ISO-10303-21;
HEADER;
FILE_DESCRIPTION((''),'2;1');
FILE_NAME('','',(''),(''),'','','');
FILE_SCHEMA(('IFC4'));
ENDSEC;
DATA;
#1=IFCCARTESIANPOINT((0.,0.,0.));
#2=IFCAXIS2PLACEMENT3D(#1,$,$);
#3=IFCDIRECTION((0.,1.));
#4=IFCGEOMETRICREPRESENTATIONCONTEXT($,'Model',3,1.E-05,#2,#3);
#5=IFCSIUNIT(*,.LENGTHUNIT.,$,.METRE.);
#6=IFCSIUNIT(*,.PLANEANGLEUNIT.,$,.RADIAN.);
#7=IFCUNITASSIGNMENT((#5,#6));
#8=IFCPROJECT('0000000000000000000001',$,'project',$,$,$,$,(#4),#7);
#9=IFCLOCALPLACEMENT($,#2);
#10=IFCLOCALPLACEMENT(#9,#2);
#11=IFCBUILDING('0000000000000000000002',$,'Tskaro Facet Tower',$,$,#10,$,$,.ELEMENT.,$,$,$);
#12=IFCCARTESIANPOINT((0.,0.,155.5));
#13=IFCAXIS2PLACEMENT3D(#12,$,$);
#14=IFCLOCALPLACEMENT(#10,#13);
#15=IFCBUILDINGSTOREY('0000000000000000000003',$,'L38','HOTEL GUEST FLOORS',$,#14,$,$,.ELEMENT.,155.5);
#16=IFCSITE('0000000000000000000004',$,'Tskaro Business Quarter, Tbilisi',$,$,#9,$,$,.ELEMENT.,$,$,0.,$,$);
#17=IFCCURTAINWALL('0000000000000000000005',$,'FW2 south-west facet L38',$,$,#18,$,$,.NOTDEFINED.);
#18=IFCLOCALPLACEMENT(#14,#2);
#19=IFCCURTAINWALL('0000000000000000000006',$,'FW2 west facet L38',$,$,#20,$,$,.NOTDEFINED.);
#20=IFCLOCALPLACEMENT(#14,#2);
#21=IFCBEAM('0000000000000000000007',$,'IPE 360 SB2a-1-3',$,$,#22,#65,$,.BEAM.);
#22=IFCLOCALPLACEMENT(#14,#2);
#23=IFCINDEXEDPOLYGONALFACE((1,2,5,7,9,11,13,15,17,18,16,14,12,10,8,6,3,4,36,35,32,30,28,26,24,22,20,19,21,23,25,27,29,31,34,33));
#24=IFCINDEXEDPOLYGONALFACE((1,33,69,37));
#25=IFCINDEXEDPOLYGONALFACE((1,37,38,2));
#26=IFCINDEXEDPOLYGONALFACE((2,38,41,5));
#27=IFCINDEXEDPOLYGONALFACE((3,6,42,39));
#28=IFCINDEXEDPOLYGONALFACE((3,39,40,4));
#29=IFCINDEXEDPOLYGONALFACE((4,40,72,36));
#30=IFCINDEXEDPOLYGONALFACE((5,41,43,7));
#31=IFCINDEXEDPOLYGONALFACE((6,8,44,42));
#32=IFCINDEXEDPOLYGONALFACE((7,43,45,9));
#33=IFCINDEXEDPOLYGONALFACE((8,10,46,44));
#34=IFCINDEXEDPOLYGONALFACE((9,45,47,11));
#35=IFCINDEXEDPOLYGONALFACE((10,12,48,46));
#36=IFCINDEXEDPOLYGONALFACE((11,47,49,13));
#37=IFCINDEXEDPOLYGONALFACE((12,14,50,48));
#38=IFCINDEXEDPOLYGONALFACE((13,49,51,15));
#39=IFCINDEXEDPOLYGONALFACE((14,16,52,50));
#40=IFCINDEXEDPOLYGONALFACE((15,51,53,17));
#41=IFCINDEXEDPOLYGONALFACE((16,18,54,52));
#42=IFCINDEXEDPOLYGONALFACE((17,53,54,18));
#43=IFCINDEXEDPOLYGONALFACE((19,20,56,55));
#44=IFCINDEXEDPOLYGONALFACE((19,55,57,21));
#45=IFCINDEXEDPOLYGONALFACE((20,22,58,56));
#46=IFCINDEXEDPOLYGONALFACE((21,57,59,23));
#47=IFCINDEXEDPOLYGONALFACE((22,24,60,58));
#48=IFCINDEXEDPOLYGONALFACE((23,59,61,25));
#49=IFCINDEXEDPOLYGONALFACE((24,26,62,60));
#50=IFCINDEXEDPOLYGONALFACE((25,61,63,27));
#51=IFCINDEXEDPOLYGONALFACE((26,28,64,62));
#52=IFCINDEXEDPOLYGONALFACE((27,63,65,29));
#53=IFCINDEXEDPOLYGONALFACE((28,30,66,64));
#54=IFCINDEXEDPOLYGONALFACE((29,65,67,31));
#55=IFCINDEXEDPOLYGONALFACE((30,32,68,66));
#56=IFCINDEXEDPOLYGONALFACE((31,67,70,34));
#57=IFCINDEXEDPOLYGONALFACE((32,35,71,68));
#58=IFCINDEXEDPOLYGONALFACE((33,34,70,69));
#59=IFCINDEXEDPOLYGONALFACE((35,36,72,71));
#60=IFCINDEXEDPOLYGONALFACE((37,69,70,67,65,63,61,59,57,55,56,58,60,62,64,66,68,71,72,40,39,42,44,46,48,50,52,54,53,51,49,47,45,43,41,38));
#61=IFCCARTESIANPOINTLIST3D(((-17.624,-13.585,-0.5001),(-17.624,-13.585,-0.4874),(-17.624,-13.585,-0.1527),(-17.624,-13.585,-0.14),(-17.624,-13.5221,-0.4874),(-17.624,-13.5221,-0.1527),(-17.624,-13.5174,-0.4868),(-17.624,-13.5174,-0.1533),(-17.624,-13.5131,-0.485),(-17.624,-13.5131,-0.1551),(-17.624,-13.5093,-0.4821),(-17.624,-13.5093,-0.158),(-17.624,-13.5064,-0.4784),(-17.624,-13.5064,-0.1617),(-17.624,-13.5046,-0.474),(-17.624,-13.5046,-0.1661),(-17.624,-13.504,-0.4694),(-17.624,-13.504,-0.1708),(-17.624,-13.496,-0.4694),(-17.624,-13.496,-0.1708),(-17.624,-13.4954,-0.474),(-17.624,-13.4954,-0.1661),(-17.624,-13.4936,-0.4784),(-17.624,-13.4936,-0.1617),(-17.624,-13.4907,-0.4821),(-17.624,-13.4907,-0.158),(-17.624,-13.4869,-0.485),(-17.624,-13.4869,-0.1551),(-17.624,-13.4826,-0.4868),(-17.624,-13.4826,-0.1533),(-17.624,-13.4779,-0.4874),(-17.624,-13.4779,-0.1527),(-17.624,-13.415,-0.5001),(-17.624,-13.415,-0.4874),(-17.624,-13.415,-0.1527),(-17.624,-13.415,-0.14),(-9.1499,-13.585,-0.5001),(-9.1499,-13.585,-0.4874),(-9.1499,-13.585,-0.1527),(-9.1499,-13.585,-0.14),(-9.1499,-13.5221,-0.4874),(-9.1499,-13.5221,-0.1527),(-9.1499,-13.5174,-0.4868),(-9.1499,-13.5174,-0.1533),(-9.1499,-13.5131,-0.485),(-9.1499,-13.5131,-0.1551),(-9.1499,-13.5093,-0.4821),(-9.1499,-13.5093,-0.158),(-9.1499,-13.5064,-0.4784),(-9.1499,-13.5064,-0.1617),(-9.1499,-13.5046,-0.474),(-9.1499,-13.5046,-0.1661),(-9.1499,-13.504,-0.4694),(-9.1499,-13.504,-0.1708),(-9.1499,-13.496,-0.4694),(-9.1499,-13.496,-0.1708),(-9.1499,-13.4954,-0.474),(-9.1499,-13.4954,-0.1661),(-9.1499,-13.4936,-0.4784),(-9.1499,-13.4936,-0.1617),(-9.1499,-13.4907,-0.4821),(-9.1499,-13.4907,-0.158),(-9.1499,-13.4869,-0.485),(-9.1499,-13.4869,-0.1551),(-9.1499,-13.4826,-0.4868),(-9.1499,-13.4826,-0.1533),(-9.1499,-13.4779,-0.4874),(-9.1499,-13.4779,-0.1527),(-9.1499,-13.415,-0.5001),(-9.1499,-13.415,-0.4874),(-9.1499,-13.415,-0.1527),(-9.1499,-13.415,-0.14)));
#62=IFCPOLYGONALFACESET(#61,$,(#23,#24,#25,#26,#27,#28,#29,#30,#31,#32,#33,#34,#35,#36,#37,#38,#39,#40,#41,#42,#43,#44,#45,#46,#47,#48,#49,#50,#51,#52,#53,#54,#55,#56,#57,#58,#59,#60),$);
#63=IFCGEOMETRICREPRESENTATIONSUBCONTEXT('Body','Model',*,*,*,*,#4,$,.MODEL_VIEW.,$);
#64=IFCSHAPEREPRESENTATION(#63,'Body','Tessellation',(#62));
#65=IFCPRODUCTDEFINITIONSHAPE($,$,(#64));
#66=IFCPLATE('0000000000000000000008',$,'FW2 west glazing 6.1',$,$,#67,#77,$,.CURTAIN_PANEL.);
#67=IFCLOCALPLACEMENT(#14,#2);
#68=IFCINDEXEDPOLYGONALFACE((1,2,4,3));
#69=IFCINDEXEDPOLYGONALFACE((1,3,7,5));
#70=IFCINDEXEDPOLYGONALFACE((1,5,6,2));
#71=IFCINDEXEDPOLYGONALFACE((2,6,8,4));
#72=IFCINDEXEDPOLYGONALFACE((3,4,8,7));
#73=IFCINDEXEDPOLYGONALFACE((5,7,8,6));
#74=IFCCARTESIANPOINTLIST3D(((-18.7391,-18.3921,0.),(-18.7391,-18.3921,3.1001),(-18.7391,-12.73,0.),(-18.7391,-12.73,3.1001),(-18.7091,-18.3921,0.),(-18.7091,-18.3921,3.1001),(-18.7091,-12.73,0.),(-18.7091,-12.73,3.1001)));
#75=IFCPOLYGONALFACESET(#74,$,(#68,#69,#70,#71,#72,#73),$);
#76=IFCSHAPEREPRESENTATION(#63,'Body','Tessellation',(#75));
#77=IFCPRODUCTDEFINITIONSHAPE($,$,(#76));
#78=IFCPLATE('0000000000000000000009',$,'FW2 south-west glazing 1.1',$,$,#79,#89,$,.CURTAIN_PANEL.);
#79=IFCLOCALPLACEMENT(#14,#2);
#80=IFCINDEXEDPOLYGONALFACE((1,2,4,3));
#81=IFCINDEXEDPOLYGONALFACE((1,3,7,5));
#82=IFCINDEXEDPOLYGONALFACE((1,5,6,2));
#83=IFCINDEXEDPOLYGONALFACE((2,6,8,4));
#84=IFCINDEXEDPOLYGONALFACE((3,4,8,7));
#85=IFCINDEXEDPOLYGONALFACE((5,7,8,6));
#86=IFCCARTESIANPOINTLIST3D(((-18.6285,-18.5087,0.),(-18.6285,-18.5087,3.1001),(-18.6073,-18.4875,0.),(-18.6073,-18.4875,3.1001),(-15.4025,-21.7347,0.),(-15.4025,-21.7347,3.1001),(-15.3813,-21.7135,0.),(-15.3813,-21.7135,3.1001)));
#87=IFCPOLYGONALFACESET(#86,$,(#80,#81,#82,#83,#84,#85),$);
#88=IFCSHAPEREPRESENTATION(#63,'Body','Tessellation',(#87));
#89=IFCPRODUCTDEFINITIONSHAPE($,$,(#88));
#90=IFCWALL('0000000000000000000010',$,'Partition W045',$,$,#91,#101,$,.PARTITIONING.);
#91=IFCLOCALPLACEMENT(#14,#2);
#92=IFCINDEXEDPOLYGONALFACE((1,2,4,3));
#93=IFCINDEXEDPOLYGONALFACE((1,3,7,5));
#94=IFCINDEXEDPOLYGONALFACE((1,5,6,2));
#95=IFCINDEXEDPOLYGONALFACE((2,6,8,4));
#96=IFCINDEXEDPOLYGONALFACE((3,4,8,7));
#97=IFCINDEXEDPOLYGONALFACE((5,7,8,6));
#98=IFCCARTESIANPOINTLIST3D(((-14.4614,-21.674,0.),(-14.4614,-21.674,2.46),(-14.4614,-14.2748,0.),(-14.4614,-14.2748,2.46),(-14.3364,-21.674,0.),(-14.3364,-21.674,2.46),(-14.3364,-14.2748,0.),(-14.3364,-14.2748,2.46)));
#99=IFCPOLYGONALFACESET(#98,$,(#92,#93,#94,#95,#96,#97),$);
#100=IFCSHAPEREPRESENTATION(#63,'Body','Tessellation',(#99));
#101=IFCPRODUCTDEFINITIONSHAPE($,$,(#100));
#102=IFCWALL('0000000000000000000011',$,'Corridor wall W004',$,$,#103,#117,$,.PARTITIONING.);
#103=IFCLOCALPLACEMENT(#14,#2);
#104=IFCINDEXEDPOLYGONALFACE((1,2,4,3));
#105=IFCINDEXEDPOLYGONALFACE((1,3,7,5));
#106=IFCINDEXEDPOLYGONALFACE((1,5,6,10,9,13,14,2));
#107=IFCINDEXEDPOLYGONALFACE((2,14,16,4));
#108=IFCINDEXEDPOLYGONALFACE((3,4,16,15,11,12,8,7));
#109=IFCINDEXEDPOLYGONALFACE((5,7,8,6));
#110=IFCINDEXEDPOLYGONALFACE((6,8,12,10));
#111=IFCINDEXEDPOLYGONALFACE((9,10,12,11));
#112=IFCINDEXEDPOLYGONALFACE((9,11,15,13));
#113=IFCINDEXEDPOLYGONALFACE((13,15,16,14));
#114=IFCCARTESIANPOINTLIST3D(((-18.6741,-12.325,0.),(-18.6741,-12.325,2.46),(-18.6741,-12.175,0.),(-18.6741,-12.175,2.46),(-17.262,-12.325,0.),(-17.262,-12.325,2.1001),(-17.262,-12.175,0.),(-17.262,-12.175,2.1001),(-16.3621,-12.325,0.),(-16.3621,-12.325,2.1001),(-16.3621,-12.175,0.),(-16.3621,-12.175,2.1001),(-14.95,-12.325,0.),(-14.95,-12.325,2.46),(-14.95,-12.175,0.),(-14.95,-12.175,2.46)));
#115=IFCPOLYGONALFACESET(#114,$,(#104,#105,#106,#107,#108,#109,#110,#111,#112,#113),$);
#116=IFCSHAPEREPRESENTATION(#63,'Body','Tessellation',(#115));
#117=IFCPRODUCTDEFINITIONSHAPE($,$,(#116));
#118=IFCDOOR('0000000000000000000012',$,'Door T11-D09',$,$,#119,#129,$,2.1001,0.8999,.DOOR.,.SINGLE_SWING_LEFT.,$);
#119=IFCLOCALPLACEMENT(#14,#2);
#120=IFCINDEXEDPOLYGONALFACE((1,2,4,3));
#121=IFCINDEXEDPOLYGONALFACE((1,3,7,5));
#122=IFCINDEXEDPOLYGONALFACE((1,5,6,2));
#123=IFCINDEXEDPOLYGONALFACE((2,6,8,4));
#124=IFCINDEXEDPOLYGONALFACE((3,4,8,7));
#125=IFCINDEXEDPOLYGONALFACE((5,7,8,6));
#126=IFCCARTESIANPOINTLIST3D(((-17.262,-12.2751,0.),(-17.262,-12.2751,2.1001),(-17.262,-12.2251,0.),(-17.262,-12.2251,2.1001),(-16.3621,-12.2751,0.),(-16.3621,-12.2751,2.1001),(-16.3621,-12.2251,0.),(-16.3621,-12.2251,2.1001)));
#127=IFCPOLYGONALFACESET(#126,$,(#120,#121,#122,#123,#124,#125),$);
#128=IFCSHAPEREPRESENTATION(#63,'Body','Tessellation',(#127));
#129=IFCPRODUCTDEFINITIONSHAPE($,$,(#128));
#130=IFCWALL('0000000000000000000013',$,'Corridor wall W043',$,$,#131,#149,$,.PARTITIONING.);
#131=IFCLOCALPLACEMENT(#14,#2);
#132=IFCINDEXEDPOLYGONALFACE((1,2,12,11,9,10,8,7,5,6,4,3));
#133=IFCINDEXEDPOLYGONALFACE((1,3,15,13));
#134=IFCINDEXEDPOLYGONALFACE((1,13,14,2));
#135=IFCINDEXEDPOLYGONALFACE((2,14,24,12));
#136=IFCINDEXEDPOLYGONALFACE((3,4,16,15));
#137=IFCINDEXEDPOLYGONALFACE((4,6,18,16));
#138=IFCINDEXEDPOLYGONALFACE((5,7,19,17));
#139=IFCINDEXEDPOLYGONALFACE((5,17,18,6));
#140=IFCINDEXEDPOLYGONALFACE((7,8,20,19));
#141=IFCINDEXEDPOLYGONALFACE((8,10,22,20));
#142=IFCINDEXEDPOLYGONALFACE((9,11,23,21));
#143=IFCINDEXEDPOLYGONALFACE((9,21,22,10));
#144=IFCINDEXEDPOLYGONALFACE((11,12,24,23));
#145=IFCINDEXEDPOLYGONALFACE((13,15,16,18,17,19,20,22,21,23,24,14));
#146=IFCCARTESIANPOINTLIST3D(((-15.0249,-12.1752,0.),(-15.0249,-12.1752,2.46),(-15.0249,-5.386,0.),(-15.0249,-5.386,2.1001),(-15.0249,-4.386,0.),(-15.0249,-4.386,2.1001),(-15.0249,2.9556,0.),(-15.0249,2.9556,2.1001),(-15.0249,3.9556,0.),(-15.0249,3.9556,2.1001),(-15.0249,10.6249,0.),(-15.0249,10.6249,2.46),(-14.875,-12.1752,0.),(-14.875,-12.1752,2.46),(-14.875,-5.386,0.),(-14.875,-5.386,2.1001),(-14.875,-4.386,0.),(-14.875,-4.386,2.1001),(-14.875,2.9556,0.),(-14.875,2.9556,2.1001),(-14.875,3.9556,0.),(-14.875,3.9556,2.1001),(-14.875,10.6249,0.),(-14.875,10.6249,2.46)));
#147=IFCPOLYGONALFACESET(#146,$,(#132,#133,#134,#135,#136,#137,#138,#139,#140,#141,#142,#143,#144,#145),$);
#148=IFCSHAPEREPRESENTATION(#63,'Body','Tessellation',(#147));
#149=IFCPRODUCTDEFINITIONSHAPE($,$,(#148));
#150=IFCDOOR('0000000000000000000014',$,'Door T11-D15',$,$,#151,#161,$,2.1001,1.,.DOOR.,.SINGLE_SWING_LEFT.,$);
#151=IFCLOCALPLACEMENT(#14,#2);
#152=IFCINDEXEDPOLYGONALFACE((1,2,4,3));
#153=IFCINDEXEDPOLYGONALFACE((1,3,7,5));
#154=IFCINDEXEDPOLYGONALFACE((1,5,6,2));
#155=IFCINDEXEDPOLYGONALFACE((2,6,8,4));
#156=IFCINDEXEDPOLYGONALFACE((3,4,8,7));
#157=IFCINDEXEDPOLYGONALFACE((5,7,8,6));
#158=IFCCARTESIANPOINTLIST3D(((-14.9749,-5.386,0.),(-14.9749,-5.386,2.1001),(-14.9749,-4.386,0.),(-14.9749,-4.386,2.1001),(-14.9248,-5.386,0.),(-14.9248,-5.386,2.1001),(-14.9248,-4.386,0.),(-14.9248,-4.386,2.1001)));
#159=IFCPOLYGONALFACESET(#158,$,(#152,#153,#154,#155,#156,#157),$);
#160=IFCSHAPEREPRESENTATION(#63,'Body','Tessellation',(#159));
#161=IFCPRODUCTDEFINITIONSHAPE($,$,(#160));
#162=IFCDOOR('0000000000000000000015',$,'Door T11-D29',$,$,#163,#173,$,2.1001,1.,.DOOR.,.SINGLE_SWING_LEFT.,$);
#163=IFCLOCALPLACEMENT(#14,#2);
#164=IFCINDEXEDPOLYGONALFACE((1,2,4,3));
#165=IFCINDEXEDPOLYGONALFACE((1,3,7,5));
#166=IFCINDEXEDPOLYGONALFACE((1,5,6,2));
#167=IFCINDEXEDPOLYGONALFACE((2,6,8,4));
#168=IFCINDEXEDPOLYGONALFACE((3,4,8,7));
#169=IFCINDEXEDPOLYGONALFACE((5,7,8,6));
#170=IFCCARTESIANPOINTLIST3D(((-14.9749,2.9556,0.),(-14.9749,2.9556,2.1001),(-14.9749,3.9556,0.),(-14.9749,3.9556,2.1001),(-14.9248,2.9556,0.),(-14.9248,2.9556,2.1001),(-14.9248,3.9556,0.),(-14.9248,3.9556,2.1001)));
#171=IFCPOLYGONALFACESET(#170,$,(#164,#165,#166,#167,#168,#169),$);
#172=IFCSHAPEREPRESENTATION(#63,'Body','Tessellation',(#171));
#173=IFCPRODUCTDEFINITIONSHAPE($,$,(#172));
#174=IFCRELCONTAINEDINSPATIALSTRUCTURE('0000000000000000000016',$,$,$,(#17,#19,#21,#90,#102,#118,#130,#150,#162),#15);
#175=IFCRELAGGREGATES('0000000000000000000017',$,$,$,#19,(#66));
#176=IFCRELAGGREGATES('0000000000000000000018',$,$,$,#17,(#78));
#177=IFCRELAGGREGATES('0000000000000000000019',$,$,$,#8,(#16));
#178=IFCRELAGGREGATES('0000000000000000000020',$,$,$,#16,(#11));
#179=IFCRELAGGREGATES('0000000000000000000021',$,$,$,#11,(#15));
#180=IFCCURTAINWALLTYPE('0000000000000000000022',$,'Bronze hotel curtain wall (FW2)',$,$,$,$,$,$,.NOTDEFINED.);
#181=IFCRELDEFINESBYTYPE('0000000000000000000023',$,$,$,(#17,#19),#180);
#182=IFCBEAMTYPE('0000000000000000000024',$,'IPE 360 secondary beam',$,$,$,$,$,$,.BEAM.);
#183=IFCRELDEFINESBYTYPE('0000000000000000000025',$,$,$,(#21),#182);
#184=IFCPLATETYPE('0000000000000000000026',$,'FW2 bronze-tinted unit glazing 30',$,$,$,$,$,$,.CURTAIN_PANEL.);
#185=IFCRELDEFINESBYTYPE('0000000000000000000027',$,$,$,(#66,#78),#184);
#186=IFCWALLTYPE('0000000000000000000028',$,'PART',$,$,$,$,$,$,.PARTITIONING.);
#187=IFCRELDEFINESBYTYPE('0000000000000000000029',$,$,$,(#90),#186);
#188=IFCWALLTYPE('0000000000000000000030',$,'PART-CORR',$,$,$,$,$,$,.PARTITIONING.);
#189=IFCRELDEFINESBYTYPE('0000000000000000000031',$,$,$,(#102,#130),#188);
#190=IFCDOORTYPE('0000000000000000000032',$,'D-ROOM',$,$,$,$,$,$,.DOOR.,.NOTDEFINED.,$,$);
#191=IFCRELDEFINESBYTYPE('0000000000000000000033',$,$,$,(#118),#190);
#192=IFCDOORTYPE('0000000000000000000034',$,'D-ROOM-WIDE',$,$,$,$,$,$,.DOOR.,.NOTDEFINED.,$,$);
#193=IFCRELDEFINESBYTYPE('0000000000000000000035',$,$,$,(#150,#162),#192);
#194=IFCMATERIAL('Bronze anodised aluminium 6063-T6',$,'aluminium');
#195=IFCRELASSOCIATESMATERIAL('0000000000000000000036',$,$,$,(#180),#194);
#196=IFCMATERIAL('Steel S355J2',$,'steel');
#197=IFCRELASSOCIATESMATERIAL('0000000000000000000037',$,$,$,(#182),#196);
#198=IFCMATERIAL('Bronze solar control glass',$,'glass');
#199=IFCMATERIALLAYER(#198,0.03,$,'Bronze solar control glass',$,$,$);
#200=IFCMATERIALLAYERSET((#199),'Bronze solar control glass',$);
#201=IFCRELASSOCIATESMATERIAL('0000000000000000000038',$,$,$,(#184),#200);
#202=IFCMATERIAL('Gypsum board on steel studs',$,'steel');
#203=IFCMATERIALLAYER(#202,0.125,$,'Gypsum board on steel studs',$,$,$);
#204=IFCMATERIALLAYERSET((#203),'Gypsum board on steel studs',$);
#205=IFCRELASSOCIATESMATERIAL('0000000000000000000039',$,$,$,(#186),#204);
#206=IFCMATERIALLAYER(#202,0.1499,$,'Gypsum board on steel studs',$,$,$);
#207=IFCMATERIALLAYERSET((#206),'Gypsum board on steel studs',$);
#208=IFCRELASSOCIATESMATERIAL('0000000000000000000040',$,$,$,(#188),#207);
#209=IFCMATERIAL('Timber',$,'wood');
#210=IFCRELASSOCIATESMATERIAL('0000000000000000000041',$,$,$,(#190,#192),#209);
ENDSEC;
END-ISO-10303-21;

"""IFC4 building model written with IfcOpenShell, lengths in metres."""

from ifc_helpers import new_model, si_unit, direction, frame, frame_2d, origin, origin_2d, place, context, subcontext, project, spatial, rectangle, i_section, extrude, material, layer, layer_set, material_profile, profile_set, type_object, element, fill, aggregate, save


model = new_model("IFC4")

# Units and contexts
model_context = context("Model", 3, precision=1e-05, world=origin(), true_north=direction((0.0, 1.0)))
body_context = subcontext(model_context, "Body", "Model", "MODEL_VIEW")
ifc_project = project(units=[si_unit("LENGTHUNIT", "METRE"), si_unit("PLANEANGLEUNIT", "RADIAN")], contexts=[model_context])

# Site, building, storey
site_placement = place(None, origin())
site = spatial("IfcSite", under=ifc_project, at=site_placement, Name="Tskaro Business Quarter, Tbilisi", CompositionType="ELEMENT", RefElevation=0.0)
building_placement = place(site_placement, origin())
building = spatial("IfcBuilding", under=site, at=building_placement, Name="Tskaro Facet Tower", CompositionType="ELEMENT")
storey_placement = place(building_placement, frame((0.0, 0.0, 155.5)))
storey = spatial("IfcBuildingStorey", under=building, at=storey_placement, Name="L38", Description="HOTEL GUEST FLOORS", CompositionType="ELEMENT", Elevation=155.5)

# Curtain walls
ifc_material_1 = material(Name="Bronze anodised aluminium 6063-T6", Category="aluminium")
curtain_wall_type = type_object("IfcCurtainWallType", Name="Bronze hotel curtain wall (FW2)", PredefinedType="NOTDEFINED", material=ifc_material_1)
curtain_wall_1_placement = place(storey_placement, origin())
curtain_wall_1 = element("IfcCurtainWall", 1, at=curtain_wall_1_placement, inside=storey, type_object=curtain_wall_type, Name="FW2 south-west facet L38", PredefinedType="NOTDEFINED")
curtain_wall_2_placement = place(storey_placement, origin())
curtain_wall_2 = element("IfcCurtainWall", 2, at=curtain_wall_2_placement, inside=storey, type_object=curtain_wall_type, Name="FW2 west facet L38", PredefinedType="NOTDEFINED")

# Beam
ifc_material_2 = material(Name="Steel S355J2", Category="steel")
ifc_material_profile_1 = material_profile(ifc_material_2, i_section(OverallWidth=0.1699, OverallDepth=0.3601, WebThickness=0.0081, FlangeThickness=0.0127, FilletRadius=0.0181, at=origin_2d()), Name="IPE 360")
ifc_profile_set_1 = profile_set([ifc_material_profile_1], Name="Steel S355J2")
beam_type_1 = type_object("IfcBeamType", Name="IPE 360 secondary beam", PredefinedType="BEAM", material=ifc_profile_set_1)
beam_1_placement = place(storey_placement, frame((-17.624, -13.5, -0.3201), z_axis=(1.0, 0.0, 0.0), x_axis=(0.0, 1.0, 0.0)))
element("IfcBeam", 3, at=beam_1_placement, inside=storey, type_object=beam_type_1, Name="IPE 360 SB2a-1-3", PredefinedType="BEAM", context=body_context, shape_type="SweptSolid", body=[
    extrude(i_section(OverallWidth=0.1699, OverallDepth=0.3601, WebThickness=0.0081, FlangeThickness=0.0127, FilletRadius=0.0181, at=origin_2d()), origin(), (0.0, 0.0, 1.0), 8.4741),
])

# Plates
ifc_material_3 = material(Name="Bronze solar control glass", Category="glass")
ifc_layer_1 = layer(ifc_material_3, 0.03, Name="Bronze solar control glass")
ifc_layer_set_1 = layer_set([ifc_layer_1], Name="Bronze solar control glass")
plate_type = type_object("IfcPlateType", Name="FW2 bronze-tinted unit glazing 30", PredefinedType="CURTAIN_PANEL", material=ifc_layer_set_1)
plate_1_placement = place(storey_placement, frame((-18.7241, -15.561, 0.0), z_axis=(0.0, 0.0, 1.0), x_axis=(0.0, -1.0, 0.0)))
plate_1 = element("IfcPlate", 4, at=plate_1_placement, type_object=plate_type, Name="FW2 west glazing 6.1", PredefinedType="CURTAIN_PANEL", context=body_context, shape_type="SweptSolid", body=[
    extrude(rectangle(XDim=5.6621, YDim=0.03, at=origin_2d()), origin(), (0.0, 0.0, 1.0), 3.1001),
])
aggregate(curtain_wall_2, [plate_1])
plate_2_placement = place(storey_placement, frame((-17.0049, -20.1111, 0.0), z_axis=(0.0, 0.0, 1.0), x_axis=(0.707107, -0.707107, 0.0)))
plate_2 = element("IfcPlate", 5, at=plate_2_placement, type_object=plate_type, Name="FW2 south-west glazing 1.1", PredefinedType="CURTAIN_PANEL", context=body_context, shape_type="SweptSolid", body=[
    extrude(rectangle(XDim=4.5623, YDim=0.03, at=origin_2d()), origin(), (0.0, 0.0, 1.0), 3.1001),
])
aggregate(curtain_wall_1, [plate_2])

# Wall
ifc_material_4 = material(Name="Gypsum board on steel studs", Category="steel")
ifc_layer_2 = layer(ifc_material_4, 0.125, Name="Gypsum board on steel studs")
ifc_layer_set_2 = layer_set([ifc_layer_2], Name="Gypsum board on steel studs")
wall_type_1 = type_object("IfcWallType", Name="PART", PredefinedType="PARTITIONING", material=ifc_layer_set_2)
wall_1_placement = place(storey_placement, frame((-14.3989, -21.6741, 0.0), z_axis=(0.0, 0.0, 1.0), x_axis=(0.0, 1.0, 0.0)))
element("IfcWall", 6, at=wall_1_placement, inside=storey, type_object=wall_type_1, Name="Partition W045", PredefinedType="PARTITIONING", context=body_context, shape_type="SweptSolid", body=[
    extrude(rectangle(XDim=7.3992, YDim=0.125, at=frame_2d((3.6997, 0.0))), origin(), (0.0, 0.0, 1.0), 2.46),
])

# Wall, opening, door
ifc_layer_3 = layer(ifc_material_4, 0.1499, Name="Gypsum board on steel studs")
ifc_layer_set_3 = layer_set([ifc_layer_3], Name="Gypsum board on steel studs")
wall_type_2 = type_object("IfcWallType", Name="PART-CORR", PredefinedType="PARTITIONING", material=ifc_layer_set_3)
wall_2_placement = place(storey_placement, frame((-18.6741, -12.25, 0.0), z_axis=(0.0, 0.0, 1.0), x_axis=(1.0, 0.0, 0.0)))
wall_2 = element("IfcWall", 7, at=wall_2_placement, inside=storey, type_object=wall_type_2, Name="Corridor wall W004", PredefinedType="PARTITIONING", context=body_context, shape_type="SweptSolid", body=[
    extrude(rectangle(XDim=3.7241, YDim=0.1499, at=frame_2d((1.8621, 0.0))), origin(), (0.0, 0.0, 1.0), 2.46),
])
opening_1_placement = place(wall_2_placement, frame((1.4121, 0.0, 0.0)))
opening_1 = element("IfcOpeningElement", 8, at=opening_1_placement, cuts=wall_2, PredefinedType="OPENING", context=body_context, shape_type="SweptSolid", body=[
    extrude(rectangle(XDim=0.8999, YDim=2.1001, at=frame_2d((0.45, 1.05))), frame((0.0, 0.085, 0.0), z_axis=(0.0, -1.0, 0.0), x_axis=(1.0, 0.0, 0.0)), (0.0, 0.0, 1.0), 0.1699),
])
ifc_material_5 = material(Name="Timber", Category="wood")
door_type_1 = type_object("IfcDoorType", Name="D-ROOM", OperationType="NOTDEFINED", PredefinedType="DOOR", material=ifc_material_5)
door_1_placement = place(opening_1_placement, origin())
door_1 = element("IfcDoor", 9, at=door_1_placement, inside=storey, type_object=door_type_1, Name="Door T11-D09", OperationType="SINGLE_SWING_LEFT", OverallHeight=2.1001, OverallWidth=0.8999, PredefinedType="DOOR", context=body_context, shape_type="SweptSolid", body=[
    extrude(rectangle(XDim=0.8999, YDim=2.1001, at=frame_2d((0.45, 1.05))), frame((0.0, 0.0249, 0.0), z_axis=(0.0, -1.0, 0.0), x_axis=(1.0, 0.0, 0.0)), (0.0, 0.0, 1.0), 0.05),
])
fill(opening_1, door_1)

# Wall, openings, doors
wall_3_placement = place(storey_placement, frame((-14.95, -12.175, 0.0), z_axis=(0.0, 0.0, 1.0), x_axis=(0.0, 1.0, 0.0)))
wall_3 = element("IfcWall", 10, at=wall_3_placement, inside=storey, type_object=wall_type_2, Name="Corridor wall W043", PredefinedType="PARTITIONING", context=body_context, shape_type="SweptSolid", body=[
    extrude(rectangle(XDim=22.8, YDim=0.1499, at=frame_2d((11.3999, 0.0))), origin(), (0.0, 0.0, 1.0), 2.46),
])
opening_2_placement = place(wall_3_placement, frame((6.7891, 0.0, 0.0)))
opening_2 = element("IfcOpeningElement", 11, at=opening_2_placement, cuts=wall_3, PredefinedType="OPENING", context=body_context, shape_type="SweptSolid", body=[
    extrude(rectangle(XDim=1.0, YDim=2.1001, at=frame_2d((0.5, 1.05))), frame((0.0, 0.085, 0.0), z_axis=(0.0, -1.0, 0.0), x_axis=(1.0, 0.0, 0.0)), (0.0, 0.0, 1.0), 0.1699),
])
opening_3_placement = place(wall_3_placement, frame((15.1306, 0.0, 0.0)))
opening_3 = element("IfcOpeningElement", 12, at=opening_3_placement, cuts=wall_3, PredefinedType="OPENING", context=body_context, shape_type="SweptSolid", body=[
    extrude(rectangle(XDim=1.0, YDim=2.1001, at=frame_2d((0.5, 1.05))), frame((0.0, 0.085, 0.0), z_axis=(0.0, -1.0, 0.0), x_axis=(1.0, 0.0, 0.0)), (0.0, 0.0, 1.0), 0.1699),
])
door_type_2 = type_object("IfcDoorType", Name="D-ROOM-WIDE", OperationType="NOTDEFINED", PredefinedType="DOOR", material=ifc_material_5)
door_2_placement = place(opening_2_placement, origin())
door_2 = element("IfcDoor", 13, at=door_2_placement, inside=storey, type_object=door_type_2, Name="Door T11-D15", OperationType="SINGLE_SWING_LEFT", OverallHeight=2.1001, OverallWidth=1.0, PredefinedType="DOOR", context=body_context, shape_type="SweptSolid", body=[
    extrude(rectangle(XDim=1.0, YDim=2.1001, at=frame_2d((0.5, 1.05))), frame((0.0, 0.0249, 0.0), z_axis=(0.0, -1.0, 0.0), x_axis=(1.0, 0.0, 0.0)), (0.0, 0.0, 1.0), 0.05),
])
fill(opening_2, door_2)
door_3_placement = place(opening_3_placement, origin())
door_3 = element("IfcDoor", 14, at=door_3_placement, inside=storey, type_object=door_type_2, Name="Door T11-D29", OperationType="SINGLE_SWING_LEFT", OverallHeight=2.1001, OverallWidth=1.0, PredefinedType="DOOR", context=body_context, shape_type="SweptSolid", body=[
    extrude(rectangle(XDim=1.0, YDim=2.1001, at=frame_2d((0.5, 1.05))), frame((0.0, 0.0249, 0.0), z_axis=(0.0, -1.0, 0.0), x_axis=(1.0, 0.0, 0.0)), (0.0, 0.0, 1.0), 0.05),
])
fill(opening_3, door_3)

save(model, "model.ifc")
